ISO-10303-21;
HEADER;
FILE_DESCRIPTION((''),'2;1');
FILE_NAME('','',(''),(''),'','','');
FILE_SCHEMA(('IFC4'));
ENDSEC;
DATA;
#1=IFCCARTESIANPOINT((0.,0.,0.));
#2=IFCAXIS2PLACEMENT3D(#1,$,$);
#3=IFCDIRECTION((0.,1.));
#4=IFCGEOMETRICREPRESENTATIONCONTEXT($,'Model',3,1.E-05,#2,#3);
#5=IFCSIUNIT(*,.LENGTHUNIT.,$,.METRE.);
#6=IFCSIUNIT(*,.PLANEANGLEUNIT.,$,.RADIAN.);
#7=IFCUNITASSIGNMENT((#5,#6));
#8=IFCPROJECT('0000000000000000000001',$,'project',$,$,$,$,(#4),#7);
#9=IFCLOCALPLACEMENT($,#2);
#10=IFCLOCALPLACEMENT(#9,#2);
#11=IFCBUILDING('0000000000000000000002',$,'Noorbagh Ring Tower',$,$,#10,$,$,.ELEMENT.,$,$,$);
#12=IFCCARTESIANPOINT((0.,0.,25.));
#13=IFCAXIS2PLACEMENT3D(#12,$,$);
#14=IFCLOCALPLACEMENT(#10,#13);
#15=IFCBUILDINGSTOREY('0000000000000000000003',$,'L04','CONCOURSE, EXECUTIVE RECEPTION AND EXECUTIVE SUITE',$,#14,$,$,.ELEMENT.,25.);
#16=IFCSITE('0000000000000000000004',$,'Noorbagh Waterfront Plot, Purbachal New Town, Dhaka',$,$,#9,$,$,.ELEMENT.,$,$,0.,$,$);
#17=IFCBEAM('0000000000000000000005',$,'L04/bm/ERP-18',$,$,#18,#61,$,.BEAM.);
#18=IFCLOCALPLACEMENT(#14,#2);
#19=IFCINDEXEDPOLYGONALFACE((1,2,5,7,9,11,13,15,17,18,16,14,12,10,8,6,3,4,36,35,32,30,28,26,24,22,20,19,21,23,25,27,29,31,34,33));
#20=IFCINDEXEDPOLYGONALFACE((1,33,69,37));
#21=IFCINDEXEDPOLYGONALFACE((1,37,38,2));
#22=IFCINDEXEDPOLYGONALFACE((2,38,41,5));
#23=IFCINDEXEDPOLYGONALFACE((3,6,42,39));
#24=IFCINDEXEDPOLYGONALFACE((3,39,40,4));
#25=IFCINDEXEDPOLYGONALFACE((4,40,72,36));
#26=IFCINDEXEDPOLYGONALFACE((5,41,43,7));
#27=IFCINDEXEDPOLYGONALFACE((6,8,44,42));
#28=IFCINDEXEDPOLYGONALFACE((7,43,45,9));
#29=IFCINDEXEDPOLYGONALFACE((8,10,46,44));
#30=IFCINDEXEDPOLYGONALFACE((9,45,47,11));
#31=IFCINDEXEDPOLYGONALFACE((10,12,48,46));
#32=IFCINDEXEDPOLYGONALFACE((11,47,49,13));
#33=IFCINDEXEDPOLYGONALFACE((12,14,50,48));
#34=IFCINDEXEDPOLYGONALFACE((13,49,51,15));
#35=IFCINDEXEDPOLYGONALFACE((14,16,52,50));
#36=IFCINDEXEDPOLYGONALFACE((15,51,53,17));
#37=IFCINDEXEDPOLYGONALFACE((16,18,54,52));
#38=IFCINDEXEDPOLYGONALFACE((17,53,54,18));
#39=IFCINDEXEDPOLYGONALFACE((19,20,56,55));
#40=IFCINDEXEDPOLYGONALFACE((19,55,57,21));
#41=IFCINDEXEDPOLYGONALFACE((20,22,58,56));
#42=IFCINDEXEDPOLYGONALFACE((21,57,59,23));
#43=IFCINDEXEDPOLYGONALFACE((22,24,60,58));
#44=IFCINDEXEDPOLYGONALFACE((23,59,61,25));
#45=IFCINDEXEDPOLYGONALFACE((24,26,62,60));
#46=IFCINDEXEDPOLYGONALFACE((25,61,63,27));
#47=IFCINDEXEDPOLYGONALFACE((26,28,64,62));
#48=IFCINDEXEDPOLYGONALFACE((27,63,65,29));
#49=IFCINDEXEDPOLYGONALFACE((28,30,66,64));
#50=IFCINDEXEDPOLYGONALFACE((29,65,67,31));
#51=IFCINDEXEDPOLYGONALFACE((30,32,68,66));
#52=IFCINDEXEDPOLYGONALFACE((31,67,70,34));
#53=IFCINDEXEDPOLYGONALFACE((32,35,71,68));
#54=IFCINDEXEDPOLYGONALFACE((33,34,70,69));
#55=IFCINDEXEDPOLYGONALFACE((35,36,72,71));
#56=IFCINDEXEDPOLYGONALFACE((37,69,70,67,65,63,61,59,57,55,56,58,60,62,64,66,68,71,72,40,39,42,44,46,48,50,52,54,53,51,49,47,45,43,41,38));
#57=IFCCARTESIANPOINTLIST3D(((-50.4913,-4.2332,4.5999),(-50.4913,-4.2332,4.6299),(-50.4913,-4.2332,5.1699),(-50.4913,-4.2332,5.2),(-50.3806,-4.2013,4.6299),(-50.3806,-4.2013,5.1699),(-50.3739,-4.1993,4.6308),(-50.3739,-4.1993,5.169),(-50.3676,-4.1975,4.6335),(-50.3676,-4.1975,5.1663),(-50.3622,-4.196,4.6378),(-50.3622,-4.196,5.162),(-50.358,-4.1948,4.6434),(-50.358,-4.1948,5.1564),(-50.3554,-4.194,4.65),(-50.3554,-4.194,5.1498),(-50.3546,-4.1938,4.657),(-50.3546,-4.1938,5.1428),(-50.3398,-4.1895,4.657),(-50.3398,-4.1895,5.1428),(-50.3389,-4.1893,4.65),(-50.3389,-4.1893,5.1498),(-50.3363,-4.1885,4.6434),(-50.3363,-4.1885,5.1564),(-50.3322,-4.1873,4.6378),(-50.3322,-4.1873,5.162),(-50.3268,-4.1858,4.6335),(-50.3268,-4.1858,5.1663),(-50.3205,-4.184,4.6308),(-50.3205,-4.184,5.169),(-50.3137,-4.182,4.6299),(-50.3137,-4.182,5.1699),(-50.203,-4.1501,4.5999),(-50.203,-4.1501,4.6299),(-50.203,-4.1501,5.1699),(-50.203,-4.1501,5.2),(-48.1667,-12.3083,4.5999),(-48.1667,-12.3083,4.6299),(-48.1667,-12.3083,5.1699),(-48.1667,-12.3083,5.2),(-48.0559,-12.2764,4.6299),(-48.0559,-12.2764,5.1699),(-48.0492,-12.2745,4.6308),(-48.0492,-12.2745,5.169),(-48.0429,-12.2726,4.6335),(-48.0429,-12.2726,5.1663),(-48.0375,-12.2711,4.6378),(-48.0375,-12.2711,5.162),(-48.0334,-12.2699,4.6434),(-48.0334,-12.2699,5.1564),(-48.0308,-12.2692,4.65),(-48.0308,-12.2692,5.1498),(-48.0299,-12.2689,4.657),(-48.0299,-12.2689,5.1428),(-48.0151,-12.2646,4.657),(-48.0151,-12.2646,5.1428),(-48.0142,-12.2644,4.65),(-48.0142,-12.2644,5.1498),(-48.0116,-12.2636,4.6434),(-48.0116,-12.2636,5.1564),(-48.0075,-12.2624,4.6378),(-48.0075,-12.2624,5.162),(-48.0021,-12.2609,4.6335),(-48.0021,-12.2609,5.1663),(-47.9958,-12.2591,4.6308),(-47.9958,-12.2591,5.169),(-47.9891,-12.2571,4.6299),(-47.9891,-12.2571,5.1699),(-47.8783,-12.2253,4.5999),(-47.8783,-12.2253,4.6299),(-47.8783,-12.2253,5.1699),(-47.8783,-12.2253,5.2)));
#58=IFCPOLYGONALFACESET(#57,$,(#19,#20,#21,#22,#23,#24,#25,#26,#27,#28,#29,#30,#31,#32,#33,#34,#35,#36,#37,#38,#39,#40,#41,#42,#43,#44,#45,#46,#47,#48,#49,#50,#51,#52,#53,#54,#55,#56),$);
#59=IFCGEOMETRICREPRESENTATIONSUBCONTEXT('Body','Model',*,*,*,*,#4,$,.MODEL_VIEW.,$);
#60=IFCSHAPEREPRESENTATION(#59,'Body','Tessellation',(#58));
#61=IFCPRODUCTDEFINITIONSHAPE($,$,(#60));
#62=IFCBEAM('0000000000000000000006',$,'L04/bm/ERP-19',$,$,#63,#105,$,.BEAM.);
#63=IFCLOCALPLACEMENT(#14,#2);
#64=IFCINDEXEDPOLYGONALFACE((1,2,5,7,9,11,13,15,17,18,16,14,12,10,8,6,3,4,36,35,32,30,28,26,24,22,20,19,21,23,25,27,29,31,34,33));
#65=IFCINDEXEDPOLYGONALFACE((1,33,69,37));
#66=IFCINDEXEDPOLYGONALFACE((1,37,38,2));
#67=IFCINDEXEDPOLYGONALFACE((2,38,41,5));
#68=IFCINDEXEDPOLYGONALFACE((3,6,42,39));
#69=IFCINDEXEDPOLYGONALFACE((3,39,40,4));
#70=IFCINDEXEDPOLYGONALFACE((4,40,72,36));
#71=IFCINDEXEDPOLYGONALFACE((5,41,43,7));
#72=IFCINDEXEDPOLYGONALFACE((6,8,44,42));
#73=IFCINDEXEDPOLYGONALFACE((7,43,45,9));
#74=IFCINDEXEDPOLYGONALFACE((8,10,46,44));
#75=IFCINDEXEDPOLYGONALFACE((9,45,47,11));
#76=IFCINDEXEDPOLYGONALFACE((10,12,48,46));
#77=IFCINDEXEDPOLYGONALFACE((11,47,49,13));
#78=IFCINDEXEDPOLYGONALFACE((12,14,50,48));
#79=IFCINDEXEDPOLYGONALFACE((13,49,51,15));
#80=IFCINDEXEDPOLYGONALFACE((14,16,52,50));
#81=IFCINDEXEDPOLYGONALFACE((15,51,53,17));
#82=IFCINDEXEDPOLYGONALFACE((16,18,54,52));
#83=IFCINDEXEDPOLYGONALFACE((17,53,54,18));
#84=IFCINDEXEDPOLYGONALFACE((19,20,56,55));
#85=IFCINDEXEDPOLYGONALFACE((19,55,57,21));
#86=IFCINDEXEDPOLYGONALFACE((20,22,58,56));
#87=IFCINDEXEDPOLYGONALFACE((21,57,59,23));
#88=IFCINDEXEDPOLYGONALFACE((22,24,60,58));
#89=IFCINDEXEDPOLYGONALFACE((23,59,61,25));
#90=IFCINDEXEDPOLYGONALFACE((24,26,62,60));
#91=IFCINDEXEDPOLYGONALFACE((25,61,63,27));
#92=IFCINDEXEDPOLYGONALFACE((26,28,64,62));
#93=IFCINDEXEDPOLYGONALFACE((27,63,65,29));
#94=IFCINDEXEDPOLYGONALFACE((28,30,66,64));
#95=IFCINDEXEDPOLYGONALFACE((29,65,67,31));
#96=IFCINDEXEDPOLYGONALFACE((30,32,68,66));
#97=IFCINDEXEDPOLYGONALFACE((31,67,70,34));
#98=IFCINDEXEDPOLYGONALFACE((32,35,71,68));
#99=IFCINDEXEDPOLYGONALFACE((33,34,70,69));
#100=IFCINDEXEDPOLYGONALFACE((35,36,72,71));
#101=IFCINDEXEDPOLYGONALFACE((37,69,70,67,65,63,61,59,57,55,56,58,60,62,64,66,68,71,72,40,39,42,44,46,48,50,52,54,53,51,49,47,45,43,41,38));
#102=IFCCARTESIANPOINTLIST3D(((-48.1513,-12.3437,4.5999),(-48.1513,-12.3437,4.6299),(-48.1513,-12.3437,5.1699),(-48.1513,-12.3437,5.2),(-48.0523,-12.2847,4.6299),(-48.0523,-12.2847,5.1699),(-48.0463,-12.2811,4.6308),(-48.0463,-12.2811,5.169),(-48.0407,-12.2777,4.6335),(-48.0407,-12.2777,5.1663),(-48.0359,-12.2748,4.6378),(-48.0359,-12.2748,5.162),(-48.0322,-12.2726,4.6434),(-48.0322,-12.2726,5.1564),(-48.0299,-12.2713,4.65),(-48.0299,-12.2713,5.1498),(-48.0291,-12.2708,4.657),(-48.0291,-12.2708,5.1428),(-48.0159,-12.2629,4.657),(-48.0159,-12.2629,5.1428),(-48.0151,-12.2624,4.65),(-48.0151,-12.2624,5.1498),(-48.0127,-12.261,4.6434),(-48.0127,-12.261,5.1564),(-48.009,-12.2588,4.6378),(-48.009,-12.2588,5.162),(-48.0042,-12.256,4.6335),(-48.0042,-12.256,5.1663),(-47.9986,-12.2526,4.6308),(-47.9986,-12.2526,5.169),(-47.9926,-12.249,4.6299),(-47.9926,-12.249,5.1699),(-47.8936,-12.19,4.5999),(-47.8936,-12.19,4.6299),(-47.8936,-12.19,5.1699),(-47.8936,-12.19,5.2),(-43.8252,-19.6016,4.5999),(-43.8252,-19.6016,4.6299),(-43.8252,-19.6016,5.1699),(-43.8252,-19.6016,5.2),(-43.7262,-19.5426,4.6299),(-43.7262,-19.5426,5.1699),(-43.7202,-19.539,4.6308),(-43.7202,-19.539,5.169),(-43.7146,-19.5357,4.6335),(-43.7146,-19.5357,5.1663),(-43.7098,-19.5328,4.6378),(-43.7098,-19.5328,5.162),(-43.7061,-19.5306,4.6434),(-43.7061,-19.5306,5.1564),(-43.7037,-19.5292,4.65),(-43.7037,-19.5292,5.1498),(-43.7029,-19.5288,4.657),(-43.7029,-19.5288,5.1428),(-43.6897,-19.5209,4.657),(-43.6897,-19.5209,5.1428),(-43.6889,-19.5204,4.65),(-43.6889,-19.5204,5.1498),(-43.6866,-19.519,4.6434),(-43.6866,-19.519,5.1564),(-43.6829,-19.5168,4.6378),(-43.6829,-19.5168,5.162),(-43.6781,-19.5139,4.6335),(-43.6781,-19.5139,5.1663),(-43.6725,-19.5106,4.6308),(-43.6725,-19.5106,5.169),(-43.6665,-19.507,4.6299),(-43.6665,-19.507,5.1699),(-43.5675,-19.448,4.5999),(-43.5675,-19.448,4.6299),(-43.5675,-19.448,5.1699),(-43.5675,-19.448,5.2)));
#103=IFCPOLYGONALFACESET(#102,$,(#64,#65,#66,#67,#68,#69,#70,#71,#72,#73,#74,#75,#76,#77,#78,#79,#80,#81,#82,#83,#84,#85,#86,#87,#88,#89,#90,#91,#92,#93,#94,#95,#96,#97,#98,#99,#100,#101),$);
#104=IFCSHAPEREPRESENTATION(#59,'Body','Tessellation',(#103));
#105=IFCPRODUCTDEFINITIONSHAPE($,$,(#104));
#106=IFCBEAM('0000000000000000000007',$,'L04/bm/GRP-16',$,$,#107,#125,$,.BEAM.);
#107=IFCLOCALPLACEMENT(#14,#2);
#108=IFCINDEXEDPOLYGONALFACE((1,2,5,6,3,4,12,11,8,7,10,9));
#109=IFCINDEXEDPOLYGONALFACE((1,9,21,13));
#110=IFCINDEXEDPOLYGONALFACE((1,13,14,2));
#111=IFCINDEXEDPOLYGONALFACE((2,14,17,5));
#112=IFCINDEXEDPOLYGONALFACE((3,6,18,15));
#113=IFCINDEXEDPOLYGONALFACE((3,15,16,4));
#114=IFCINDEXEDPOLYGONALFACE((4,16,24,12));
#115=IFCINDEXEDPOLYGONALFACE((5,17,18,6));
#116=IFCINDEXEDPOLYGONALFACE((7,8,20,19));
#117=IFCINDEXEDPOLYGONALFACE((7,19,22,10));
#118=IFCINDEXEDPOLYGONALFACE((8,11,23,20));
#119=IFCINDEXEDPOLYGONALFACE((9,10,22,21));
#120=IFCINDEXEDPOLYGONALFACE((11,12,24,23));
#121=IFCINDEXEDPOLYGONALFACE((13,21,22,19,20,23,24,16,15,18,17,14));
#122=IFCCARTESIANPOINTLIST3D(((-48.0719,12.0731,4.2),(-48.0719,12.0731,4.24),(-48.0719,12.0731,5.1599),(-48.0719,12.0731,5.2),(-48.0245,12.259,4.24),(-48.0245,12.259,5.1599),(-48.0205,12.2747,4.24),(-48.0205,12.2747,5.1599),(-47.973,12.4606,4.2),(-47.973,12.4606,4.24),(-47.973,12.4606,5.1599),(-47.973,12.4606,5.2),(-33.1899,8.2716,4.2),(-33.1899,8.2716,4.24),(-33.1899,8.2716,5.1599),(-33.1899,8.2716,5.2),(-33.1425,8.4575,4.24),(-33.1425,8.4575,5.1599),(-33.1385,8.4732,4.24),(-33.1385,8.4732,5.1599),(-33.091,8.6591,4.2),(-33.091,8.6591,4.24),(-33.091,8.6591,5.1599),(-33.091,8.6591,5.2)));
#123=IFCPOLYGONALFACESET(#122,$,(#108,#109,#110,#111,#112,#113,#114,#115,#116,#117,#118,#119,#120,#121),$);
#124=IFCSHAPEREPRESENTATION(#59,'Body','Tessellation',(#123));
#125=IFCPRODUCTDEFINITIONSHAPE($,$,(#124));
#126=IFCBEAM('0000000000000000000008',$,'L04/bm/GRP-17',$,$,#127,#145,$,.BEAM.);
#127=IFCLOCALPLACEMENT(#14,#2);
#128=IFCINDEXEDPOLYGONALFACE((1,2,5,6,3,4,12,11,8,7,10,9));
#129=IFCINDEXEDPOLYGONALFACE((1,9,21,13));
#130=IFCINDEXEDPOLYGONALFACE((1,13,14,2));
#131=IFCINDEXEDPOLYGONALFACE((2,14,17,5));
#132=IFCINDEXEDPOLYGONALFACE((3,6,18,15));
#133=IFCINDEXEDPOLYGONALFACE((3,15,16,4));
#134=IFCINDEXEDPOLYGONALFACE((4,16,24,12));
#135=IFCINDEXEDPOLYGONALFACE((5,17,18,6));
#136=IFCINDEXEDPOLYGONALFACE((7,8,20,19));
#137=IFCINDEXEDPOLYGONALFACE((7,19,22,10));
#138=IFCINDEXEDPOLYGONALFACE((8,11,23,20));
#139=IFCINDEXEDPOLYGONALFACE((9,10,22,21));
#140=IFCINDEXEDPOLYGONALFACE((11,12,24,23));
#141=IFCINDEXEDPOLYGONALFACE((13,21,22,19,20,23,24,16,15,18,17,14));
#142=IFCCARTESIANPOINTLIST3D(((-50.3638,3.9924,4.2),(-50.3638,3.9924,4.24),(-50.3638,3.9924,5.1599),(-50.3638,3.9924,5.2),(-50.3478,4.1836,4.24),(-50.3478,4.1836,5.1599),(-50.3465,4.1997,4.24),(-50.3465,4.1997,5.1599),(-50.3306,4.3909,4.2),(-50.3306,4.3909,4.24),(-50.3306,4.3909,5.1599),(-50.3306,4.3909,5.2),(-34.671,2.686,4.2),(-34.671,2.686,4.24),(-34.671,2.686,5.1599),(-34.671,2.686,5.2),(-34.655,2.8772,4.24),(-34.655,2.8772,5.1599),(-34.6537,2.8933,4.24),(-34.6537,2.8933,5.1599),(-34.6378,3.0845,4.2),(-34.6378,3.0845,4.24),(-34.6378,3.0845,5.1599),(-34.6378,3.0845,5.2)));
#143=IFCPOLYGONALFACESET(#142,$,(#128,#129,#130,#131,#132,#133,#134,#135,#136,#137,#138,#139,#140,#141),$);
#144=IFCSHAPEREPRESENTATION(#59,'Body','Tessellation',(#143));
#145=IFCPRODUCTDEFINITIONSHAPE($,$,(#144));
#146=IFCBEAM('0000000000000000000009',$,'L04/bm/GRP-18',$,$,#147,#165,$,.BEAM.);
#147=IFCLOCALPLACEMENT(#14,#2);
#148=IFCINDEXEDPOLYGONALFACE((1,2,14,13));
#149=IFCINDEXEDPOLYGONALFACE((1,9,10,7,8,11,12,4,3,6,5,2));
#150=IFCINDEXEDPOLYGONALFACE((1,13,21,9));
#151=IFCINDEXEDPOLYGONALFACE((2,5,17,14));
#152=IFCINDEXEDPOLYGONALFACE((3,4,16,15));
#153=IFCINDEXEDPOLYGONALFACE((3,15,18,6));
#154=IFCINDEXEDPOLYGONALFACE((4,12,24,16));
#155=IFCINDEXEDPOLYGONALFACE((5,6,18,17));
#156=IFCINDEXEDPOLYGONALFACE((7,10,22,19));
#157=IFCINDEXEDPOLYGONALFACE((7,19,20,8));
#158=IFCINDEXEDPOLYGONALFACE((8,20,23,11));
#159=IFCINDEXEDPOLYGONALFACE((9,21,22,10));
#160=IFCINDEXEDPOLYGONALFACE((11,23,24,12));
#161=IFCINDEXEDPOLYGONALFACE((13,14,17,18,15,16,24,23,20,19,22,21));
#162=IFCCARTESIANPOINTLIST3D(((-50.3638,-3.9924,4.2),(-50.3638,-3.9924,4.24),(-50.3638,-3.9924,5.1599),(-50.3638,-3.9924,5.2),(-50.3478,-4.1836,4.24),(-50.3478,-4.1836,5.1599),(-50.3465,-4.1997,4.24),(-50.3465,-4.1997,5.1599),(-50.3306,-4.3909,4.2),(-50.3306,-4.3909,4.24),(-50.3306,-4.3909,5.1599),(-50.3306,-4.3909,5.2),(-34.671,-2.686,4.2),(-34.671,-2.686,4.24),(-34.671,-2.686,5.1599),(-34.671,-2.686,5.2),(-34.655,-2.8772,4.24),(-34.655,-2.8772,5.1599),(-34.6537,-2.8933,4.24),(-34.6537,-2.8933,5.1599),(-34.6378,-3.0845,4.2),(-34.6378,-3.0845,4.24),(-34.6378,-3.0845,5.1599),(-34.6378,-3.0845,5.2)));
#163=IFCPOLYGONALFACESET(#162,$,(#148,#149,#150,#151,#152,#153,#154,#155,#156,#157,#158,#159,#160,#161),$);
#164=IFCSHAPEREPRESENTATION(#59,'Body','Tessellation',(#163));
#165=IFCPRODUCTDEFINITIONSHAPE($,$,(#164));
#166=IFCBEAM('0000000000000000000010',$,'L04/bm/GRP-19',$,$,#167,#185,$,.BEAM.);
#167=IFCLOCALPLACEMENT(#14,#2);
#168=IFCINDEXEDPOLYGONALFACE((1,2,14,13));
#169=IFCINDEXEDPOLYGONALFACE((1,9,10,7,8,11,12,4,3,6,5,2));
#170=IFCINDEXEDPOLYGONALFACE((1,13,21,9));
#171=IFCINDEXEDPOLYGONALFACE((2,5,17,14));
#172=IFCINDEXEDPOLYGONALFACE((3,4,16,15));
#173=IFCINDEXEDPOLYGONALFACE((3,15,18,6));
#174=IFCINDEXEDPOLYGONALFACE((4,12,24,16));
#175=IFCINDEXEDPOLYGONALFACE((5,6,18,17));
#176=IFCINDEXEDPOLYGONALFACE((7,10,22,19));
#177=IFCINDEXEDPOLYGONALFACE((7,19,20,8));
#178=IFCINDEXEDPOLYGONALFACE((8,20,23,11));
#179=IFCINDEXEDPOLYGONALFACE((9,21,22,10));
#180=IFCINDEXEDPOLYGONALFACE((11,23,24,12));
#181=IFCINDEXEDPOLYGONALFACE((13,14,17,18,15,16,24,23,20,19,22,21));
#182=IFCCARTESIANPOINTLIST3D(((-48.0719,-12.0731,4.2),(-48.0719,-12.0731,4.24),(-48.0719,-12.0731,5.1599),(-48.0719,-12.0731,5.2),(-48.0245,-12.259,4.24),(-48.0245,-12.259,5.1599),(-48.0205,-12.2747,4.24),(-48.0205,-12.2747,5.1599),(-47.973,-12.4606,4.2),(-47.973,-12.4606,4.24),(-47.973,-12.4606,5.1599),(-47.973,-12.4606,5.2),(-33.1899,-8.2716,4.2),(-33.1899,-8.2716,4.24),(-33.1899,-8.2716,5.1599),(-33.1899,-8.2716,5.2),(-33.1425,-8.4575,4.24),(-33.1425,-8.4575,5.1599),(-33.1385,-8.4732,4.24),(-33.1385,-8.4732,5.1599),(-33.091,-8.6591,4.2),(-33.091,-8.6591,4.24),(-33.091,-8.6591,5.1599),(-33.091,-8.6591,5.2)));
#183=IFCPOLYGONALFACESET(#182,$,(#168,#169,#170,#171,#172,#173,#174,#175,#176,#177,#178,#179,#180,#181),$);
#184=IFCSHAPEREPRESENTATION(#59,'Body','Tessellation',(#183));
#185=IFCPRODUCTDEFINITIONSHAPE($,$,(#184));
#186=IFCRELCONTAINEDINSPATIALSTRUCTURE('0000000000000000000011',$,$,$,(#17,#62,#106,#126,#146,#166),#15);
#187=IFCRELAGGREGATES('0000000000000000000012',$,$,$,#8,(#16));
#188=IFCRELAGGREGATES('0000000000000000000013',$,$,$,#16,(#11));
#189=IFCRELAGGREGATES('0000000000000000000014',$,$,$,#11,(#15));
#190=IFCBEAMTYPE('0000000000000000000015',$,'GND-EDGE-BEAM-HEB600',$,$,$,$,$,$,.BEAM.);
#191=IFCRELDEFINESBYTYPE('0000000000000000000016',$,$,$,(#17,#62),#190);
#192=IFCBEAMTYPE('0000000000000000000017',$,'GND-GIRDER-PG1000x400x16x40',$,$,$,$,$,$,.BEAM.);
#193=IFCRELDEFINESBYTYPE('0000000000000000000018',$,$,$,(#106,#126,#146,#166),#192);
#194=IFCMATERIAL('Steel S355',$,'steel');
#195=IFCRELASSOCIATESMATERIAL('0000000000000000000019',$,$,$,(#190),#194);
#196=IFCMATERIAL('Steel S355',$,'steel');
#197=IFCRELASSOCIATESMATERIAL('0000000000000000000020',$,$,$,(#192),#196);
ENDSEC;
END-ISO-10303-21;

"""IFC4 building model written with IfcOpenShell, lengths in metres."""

from ifc_helpers import new_model, si_unit, direction, frame, origin, origin_2d, place, context, subcontext, project, spatial, i_section, extrude, material, material_profile, profile_set, type_object, element, save


model = new_model("IFC4")

# Units and contexts
model_context = context("Model", 3, precision=1e-05, world=origin(), true_north=direction((0.0, 1.0)))
body_context = subcontext(model_context, "Body", "Model", "MODEL_VIEW")
ifc_project = project(units=[si_unit("LENGTHUNIT", "METRE"), si_unit("PLANEANGLEUNIT", "RADIAN")], contexts=[model_context])

# Site, building, storey
site_placement = place(None, origin())
site = spatial("IfcSite", under=ifc_project, at=site_placement, Name="Noorbagh Waterfront Plot, Purbachal New Town, Dhaka", CompositionType="ELEMENT", RefElevation=0.0)
building_placement = place(site_placement, origin())
building = spatial("IfcBuilding", under=site, at=building_placement, Name="Noorbagh Ring Tower", CompositionType="ELEMENT")
storey_placement = place(building_placement, frame((0.0, 0.0, 25.0)))
storey = spatial("IfcBuildingStorey", under=building, at=storey_placement, Name="L04", Description="CONCOURSE, EXECUTIVE RECEPTION AND EXECUTIVE SUITE", CompositionType="ELEMENT", Elevation=25.0)

# Beams
ifc_material_1 = material(Name="Steel S355", Category="steel")
ifc_material_profile_1 = material_profile(ifc_material_1, i_section(OverallWidth=0.3, OverallDepth=0.6001, WebThickness=0.0154, FlangeThickness=0.03, FilletRadius=0.0271, at=origin_2d()), Name="HEB600")
ifc_profile_set_1 = profile_set([ifc_material_profile_1], Name="Steel S355")
beam_type_1 = type_object("IfcBeamType", Name="GND-EDGE-BEAM-HEB600", PredefinedType="BEAM", material=ifc_profile_set_1)
beam_1_placement = place(storey_placement, frame((-50.3472, -4.1917, 4.8999), z_axis=(0.276647, -0.960972, 0.0), x_axis=(0.960972, 0.276647, 0.0)))
element("IfcBeam", 1, at=beam_1_placement, inside=storey, type_object=beam_type_1, Name="L04/bm/ERP-18", PredefinedType="BEAM", context=body_context, shape_type="SweptSolid", body=[
    extrude(i_section(OverallWidth=0.3, OverallDepth=0.6001, WebThickness=0.0154, FlangeThickness=0.03, FilletRadius=0.0271, at=origin_2d()), origin(), (0.0, 0.0, 1.0), 8.4031),
])
beam_2_placement = place(storey_placement, frame((-48.0225, -12.2668, 4.8999), z_axis=(0.511999, -0.858986, 0.0), x_axis=(0.858986, 0.511999, 0.0)))
element("IfcBeam", 2, at=beam_2_placement, inside=storey, type_object=beam_type_1, Name="L04/bm/ERP-19", PredefinedType="BEAM", context=body_context, shape_type="SweptSolid", body=[
    extrude(i_section(OverallWidth=0.3, OverallDepth=0.6001, WebThickness=0.0154, FlangeThickness=0.03, FilletRadius=0.0271, at=origin_2d()), origin(), (0.0, 0.0, 1.0), 8.4495),
])
ifc_material_2 = material(Name="Steel S355", Category="steel")
ifc_material_profile_2 = material_profile(ifc_material_2, i_section(OverallWidth=0.3999, OverallDepth=1.0, WebThickness=0.0161, FlangeThickness=0.04, at=origin_2d()), Name="PG1000x400x16x40")
ifc_profile_set_2 = profile_set([ifc_material_profile_2], Name="Steel S355")
beam_type_2 = type_object("IfcBeamType", Name="GND-GIRDER-PG1000x400x16x40", PredefinedType="BEAM", material=ifc_profile_set_2)
beam_3_placement = place(storey_placement, frame((-48.0225, 12.2668, 4.7), z_axis=(0.968889, -0.247495, 0.0), x_axis=(0.247495, 0.968889, 0.0)))
element("IfcBeam", 3, at=beam_3_placement, inside=storey, type_object=beam_type_2, Name="L04/bm/GRP-16", PredefinedType="BEAM", context=body_context, shape_type="SweptSolid", body=[
    extrude(i_section(OverallWidth=0.3999, OverallDepth=1.0, WebThickness=0.0161, FlangeThickness=0.04, at=origin_2d()), origin(), (0.0, 0.0, 1.0), 15.3599),
])
for number, where, z_axis, x_axis, name in (
    (4, (-50.3472, 4.1917, 4.7), (0.996553, -0.082961, 0.0), (0.082961, 0.996553, 0.0), "L04/bm/GRP-17"),
    (5, (-50.3472, -4.1917, 4.7), (0.996553, 0.082961, 0.0), (-0.082961, 0.996553, 0.0), "L04/bm/GRP-18"),
):
    element("IfcBeam", number, at=place(storey_placement, frame(where, z_axis=z_axis, x_axis=x_axis)), inside=storey, type_object=beam_type_2, Name=name, PredefinedType="BEAM", context=body_context, shape_type="SweptSolid", body=[
        extrude(i_section(OverallWidth=0.3999, OverallDepth=1.0, WebThickness=0.0161, FlangeThickness=0.04, at=origin_2d()), origin(), (0.0, 0.0, 1.0), 15.7471),
    ])
beam_4_placement = place(storey_placement, frame((-48.0225, -12.2668, 4.7), z_axis=(0.968889, 0.247495, 0.0), x_axis=(-0.247495, 0.968889, 0.0)))
element("IfcBeam", 6, at=beam_4_placement, inside=storey, type_object=beam_type_2, Name="L04/bm/GRP-19", PredefinedType="BEAM", context=body_context, shape_type="SweptSolid", body=[
    extrude(i_section(OverallWidth=0.3999, OverallDepth=1.0, WebThickness=0.0161, FlangeThickness=0.04, at=origin_2d()), origin(), (0.0, 0.0, 1.0), 15.3599),
])

save(model, "model.ifc")
